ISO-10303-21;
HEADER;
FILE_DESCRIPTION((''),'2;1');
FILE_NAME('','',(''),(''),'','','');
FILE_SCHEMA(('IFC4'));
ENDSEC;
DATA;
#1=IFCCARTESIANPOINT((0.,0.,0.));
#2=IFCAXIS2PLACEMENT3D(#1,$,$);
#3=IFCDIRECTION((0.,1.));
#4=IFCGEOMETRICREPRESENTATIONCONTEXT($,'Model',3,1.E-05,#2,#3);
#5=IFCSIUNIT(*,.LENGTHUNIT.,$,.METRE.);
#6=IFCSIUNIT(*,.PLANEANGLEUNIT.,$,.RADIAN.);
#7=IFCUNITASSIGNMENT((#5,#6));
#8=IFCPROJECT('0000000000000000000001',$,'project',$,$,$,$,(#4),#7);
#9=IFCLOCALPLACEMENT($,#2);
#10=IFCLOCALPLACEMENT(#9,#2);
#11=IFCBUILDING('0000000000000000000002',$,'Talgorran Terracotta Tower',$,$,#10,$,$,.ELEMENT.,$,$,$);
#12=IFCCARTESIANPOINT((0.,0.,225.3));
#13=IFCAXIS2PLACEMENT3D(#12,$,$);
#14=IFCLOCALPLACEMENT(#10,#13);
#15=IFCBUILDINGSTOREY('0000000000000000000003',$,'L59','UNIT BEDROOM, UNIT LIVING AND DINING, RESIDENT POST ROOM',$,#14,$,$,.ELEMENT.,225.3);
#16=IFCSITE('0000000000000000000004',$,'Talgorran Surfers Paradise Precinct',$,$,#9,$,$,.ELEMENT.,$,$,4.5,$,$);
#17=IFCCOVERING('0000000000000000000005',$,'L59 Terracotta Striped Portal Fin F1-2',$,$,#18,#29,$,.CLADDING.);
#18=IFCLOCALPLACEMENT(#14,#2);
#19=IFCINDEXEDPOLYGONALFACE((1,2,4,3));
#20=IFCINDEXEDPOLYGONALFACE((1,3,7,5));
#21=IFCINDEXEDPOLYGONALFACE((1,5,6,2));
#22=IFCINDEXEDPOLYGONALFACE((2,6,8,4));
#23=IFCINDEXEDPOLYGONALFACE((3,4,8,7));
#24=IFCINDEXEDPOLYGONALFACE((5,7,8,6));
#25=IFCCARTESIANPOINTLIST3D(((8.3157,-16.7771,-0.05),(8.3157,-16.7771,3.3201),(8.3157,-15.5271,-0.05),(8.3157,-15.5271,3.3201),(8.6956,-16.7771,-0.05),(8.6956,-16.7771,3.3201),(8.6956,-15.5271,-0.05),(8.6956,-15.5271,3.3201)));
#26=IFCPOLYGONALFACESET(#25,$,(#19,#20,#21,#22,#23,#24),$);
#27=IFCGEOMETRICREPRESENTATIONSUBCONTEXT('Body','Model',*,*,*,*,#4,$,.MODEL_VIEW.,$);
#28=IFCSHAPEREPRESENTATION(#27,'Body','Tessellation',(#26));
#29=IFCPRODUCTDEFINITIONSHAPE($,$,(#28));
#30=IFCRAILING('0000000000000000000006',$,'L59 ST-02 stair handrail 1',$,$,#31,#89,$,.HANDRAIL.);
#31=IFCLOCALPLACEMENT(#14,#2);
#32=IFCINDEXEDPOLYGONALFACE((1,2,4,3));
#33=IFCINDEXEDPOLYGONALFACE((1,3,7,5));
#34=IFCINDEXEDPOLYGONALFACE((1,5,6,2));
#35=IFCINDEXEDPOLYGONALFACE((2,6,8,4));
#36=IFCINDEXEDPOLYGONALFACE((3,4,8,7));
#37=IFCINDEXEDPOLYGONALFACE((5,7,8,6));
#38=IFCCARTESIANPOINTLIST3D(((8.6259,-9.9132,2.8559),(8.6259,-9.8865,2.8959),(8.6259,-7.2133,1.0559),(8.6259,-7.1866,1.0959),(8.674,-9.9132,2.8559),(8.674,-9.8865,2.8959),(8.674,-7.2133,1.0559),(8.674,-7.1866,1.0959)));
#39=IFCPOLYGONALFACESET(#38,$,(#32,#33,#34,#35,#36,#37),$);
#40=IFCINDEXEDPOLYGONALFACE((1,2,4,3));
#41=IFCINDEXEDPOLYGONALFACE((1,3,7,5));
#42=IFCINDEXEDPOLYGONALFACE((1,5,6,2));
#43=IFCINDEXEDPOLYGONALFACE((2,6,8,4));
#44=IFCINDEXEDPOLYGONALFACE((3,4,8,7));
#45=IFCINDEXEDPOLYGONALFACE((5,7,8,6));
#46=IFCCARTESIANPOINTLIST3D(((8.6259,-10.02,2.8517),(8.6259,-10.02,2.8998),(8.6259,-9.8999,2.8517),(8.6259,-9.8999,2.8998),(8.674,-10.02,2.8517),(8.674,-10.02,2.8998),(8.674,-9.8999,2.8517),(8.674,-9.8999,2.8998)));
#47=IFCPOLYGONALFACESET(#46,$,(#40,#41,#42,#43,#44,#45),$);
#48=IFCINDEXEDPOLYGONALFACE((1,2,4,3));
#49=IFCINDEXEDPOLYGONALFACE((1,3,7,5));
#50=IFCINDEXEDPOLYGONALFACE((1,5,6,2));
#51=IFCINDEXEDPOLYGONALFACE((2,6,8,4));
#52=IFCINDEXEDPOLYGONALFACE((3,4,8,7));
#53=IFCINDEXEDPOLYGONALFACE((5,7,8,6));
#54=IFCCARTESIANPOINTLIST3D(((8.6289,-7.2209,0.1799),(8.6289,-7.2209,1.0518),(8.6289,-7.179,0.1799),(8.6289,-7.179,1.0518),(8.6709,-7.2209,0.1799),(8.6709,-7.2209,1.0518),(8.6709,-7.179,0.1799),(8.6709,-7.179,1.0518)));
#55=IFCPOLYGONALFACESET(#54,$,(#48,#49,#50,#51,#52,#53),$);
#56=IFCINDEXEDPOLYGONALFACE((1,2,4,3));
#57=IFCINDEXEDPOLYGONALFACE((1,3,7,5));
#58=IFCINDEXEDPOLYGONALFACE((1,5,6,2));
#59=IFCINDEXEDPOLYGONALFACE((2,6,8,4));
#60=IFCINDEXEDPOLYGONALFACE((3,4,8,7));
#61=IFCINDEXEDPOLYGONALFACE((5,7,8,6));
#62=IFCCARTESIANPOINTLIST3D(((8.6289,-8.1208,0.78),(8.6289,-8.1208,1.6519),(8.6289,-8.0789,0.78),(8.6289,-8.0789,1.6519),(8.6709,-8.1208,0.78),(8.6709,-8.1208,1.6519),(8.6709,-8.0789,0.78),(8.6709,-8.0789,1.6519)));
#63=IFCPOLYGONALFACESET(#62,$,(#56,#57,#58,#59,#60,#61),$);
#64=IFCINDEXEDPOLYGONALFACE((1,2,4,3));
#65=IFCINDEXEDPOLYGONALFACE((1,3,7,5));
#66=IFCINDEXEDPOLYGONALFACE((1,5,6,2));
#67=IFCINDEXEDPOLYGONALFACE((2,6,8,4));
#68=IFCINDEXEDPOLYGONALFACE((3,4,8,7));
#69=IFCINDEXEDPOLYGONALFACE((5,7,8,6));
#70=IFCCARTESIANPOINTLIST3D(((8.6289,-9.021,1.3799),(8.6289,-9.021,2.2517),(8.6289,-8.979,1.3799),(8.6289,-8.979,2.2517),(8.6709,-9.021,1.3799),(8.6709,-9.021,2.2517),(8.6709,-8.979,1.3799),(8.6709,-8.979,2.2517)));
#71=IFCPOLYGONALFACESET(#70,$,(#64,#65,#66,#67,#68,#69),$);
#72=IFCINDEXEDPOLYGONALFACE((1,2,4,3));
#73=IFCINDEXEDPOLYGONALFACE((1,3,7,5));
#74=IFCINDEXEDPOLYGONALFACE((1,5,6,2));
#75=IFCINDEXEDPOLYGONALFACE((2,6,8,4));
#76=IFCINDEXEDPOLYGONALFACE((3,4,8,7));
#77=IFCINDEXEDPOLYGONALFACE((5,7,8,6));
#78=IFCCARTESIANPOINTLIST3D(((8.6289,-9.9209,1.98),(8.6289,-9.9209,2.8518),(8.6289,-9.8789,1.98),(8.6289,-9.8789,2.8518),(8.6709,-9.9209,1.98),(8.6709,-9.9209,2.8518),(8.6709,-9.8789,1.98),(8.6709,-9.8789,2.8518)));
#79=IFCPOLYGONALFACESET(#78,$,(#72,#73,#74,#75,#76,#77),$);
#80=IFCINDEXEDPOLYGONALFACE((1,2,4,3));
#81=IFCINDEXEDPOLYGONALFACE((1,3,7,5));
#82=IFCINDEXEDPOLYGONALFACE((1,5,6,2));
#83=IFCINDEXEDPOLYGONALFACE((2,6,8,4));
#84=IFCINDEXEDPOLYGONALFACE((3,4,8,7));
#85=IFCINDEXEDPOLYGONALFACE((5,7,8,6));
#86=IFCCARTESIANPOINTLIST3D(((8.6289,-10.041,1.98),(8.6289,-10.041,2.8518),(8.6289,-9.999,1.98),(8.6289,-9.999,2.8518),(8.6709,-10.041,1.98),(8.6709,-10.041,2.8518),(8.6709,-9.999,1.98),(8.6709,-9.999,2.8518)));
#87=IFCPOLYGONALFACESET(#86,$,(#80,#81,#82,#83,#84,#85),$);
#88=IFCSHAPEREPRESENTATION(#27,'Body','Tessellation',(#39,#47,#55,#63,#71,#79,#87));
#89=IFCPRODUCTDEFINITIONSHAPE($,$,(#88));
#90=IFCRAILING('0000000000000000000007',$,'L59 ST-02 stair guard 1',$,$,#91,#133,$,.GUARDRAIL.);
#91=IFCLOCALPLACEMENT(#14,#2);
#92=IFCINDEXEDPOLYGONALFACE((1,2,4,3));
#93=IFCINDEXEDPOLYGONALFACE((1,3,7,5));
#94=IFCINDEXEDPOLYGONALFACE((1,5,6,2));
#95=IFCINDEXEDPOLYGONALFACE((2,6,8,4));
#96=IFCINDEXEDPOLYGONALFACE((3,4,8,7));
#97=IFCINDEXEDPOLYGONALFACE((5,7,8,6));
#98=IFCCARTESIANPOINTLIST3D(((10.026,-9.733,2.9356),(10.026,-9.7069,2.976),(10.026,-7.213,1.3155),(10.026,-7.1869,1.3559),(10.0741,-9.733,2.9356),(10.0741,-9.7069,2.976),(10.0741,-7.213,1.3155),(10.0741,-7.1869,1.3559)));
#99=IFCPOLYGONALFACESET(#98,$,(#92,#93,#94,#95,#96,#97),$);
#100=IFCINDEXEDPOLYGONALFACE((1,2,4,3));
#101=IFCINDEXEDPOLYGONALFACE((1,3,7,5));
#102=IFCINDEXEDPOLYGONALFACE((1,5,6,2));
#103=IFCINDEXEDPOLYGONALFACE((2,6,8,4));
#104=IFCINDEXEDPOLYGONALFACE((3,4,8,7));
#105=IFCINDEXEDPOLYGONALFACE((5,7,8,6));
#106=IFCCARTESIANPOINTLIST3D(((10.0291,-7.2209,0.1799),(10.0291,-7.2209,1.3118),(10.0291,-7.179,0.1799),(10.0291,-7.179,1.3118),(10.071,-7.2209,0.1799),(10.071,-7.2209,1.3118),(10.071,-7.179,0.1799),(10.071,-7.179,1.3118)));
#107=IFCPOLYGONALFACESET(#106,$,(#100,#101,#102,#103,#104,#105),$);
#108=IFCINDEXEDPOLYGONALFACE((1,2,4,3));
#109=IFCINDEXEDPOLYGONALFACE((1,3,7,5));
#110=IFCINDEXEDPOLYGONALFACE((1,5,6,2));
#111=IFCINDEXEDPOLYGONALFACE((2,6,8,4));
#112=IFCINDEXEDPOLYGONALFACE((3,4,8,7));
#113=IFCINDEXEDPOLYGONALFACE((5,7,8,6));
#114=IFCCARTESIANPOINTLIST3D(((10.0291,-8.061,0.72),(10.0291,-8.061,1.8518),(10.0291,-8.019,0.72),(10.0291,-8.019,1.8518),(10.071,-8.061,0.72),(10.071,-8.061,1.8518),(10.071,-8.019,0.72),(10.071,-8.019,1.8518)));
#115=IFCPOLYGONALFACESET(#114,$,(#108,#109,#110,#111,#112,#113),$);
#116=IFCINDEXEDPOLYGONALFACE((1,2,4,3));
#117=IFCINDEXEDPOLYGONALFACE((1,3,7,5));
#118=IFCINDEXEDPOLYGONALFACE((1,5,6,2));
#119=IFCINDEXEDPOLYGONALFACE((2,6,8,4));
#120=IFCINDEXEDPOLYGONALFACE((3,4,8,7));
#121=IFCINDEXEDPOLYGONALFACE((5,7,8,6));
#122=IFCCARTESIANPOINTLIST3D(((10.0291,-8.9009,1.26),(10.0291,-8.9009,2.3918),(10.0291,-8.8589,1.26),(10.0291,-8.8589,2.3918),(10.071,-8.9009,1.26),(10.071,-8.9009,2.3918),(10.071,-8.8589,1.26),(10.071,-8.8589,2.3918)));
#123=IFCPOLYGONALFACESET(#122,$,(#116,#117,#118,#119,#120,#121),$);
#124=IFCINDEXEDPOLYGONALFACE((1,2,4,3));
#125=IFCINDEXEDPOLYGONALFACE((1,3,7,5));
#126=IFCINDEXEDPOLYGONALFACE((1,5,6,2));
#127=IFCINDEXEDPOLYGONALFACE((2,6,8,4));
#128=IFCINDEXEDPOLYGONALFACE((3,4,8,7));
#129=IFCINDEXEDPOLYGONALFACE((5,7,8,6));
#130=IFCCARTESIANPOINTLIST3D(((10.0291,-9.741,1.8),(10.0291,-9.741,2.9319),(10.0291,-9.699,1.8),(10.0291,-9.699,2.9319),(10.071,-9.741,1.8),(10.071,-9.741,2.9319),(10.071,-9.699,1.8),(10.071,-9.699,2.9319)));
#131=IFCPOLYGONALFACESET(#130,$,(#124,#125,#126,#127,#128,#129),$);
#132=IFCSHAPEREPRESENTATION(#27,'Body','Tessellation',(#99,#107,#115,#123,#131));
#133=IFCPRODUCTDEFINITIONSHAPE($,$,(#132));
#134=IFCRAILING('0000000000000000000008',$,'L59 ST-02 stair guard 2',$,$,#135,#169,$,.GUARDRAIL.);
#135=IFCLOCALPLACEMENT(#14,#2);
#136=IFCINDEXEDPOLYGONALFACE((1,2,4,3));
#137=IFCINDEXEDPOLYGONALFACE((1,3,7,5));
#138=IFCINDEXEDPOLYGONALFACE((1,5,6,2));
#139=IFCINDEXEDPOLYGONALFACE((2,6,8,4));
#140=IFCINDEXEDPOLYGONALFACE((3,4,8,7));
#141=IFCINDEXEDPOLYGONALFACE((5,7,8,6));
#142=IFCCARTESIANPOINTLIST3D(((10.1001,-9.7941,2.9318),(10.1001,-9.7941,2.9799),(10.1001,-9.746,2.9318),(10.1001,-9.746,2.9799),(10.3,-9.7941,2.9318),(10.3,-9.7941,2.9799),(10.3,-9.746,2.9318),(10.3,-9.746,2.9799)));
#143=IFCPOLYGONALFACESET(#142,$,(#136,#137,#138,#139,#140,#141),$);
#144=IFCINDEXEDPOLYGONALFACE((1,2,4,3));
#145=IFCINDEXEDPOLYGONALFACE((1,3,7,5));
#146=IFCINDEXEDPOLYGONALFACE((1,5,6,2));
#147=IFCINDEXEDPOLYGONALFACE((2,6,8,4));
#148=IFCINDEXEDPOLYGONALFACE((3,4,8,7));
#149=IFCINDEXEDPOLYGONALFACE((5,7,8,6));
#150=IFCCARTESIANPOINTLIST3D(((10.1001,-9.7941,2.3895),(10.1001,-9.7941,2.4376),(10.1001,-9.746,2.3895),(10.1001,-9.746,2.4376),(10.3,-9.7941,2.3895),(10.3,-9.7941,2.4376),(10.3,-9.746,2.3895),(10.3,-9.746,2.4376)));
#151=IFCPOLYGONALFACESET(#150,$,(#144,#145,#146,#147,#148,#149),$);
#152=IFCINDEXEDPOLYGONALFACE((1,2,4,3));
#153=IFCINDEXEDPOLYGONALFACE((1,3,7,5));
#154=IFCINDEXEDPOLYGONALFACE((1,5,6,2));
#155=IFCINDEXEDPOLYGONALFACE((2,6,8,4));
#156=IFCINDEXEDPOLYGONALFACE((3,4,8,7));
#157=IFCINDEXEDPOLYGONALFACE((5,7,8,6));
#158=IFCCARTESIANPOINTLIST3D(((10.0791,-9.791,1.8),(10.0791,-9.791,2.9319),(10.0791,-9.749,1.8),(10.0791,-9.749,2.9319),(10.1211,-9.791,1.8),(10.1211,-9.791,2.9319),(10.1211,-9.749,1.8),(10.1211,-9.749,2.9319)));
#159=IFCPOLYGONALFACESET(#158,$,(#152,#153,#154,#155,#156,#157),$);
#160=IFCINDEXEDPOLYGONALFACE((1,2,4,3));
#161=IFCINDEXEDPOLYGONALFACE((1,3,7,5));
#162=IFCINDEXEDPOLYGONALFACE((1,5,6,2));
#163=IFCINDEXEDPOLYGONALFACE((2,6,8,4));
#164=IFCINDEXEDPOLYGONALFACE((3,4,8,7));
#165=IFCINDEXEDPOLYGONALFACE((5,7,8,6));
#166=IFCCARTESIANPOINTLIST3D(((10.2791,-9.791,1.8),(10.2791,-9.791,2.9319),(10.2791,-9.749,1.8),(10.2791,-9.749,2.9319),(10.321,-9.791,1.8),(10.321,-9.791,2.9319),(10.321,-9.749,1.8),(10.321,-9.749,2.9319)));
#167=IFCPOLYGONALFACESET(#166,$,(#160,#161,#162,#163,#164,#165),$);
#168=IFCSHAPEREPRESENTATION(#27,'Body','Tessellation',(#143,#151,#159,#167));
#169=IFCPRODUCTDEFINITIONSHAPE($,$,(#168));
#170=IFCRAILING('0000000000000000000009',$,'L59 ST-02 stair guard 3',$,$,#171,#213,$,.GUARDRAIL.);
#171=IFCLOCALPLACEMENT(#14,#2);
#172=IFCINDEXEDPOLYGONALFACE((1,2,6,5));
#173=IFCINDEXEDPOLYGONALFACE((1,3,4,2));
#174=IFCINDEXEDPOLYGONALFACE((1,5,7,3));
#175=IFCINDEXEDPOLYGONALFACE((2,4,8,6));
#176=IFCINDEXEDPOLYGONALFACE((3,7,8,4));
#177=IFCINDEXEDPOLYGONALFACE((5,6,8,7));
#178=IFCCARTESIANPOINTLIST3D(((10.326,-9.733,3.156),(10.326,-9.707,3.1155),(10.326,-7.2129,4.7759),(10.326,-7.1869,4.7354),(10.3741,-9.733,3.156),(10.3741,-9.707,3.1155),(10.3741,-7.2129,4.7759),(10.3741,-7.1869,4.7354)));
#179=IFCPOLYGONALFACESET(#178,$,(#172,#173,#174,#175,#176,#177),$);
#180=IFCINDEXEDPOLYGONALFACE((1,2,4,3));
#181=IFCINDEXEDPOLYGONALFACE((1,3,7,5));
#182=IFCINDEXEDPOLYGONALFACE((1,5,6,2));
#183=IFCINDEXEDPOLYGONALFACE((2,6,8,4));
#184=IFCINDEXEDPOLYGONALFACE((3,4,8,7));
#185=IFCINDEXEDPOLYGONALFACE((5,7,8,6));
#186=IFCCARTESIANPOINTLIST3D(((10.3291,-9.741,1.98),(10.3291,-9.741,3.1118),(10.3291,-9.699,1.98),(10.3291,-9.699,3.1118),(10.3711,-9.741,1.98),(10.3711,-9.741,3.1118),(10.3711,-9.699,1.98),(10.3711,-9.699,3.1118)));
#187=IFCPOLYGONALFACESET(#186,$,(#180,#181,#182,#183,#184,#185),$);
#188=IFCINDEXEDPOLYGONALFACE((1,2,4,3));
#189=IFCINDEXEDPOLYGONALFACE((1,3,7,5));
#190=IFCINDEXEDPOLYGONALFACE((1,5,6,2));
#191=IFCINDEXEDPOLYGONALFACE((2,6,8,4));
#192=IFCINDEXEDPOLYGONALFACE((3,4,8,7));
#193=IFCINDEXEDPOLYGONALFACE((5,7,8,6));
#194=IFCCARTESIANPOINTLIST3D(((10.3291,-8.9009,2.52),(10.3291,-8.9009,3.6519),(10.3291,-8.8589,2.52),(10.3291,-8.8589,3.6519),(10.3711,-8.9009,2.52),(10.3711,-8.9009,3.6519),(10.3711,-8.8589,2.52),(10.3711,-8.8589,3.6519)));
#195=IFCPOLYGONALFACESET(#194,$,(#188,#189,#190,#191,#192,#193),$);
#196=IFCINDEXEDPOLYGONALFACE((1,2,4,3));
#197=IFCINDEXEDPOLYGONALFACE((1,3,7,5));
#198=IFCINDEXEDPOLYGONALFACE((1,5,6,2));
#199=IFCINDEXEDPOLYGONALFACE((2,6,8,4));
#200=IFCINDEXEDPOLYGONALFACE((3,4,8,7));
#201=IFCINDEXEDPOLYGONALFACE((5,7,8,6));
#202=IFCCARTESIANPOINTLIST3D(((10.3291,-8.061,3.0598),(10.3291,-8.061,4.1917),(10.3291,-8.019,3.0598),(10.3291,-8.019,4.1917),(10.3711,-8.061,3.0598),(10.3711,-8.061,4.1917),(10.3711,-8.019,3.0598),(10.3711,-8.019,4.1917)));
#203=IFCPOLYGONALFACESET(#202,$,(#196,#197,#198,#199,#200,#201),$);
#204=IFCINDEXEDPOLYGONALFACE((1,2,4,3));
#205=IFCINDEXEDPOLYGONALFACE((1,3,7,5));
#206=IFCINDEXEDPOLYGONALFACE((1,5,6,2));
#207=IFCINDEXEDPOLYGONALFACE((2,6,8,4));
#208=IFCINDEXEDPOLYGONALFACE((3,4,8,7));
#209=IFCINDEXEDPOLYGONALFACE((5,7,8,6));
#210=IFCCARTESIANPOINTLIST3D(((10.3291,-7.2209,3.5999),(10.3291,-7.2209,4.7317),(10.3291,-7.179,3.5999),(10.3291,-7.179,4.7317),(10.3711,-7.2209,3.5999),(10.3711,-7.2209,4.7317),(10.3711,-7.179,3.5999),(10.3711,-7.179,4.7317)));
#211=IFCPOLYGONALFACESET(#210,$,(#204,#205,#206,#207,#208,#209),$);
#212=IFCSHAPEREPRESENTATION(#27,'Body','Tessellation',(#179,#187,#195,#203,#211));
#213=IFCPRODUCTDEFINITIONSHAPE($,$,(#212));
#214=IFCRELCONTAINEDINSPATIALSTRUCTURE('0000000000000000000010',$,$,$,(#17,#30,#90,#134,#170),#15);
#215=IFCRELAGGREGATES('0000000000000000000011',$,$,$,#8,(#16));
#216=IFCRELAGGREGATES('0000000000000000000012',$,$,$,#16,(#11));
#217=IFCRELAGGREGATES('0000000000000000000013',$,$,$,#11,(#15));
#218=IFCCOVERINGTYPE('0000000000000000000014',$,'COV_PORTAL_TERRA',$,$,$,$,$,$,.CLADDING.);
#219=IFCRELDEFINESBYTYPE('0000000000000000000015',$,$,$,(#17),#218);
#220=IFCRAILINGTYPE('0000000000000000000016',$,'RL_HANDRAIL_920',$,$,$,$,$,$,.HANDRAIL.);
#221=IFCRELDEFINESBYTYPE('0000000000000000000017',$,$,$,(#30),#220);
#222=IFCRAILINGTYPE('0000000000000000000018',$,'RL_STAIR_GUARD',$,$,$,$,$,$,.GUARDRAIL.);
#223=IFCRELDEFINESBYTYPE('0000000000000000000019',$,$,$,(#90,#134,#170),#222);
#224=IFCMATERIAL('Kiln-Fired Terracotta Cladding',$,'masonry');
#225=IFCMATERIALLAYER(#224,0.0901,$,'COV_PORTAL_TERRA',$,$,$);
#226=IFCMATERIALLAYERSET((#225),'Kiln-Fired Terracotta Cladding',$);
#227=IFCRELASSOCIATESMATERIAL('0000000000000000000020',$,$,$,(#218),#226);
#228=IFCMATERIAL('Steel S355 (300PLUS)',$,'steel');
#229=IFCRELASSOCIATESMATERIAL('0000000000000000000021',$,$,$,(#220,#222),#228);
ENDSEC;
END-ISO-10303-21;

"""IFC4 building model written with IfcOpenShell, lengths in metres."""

from ifc_helpers import new_model, si_unit, direction, frame, origin, origin_2d, place, context, subcontext, project, spatial, rectangle, extrude, material, layer, layer_set, type_object, element, save


model = new_model("IFC4")

# Units and contexts
model_context = context("Model", 3, precision=1e-05, world=origin(), true_north=direction((0.0, 1.0)))
body_context = subcontext(model_context, "Body", "Model", "MODEL_VIEW")
ifc_project = project(units=[si_unit("LENGTHUNIT", "METRE"), si_unit("PLANEANGLEUNIT", "RADIAN")], contexts=[model_context])

# Site, building, storey
site_placement = place(None, origin())
site = spatial("IfcSite", under=ifc_project, at=site_placement, Name="Talgorran Surfers Paradise Precinct", CompositionType="ELEMENT", RefElevation=4.5)
building_placement = place(site_placement, origin())
building = spatial("IfcBuilding", under=site, at=building_placement, Name="Talgorran Terracotta Tower", CompositionType="ELEMENT")
storey_placement = place(building_placement, frame((0.0, 0.0, 225.3)))
storey = spatial("IfcBuildingStorey", under=building, at=storey_placement, Name="L59", Description="UNIT BEDROOM, UNIT LIVING AND DINING, RESIDENT POST ROOM", CompositionType="ELEMENT", Elevation=225.3)

# Shared definitions
ifc_material_1 = material(Name="Steel S355 (300PLUS)", Category="steel")

# Covering
ifc_material_2 = material(Name="Kiln-Fired Terracotta Cladding", Category="masonry")
ifc_layer_1 = layer(ifc_material_2, 0.0901, Name="COV_PORTAL_TERRA")
ifc_layer_set_1 = layer_set([ifc_layer_1], Name="Kiln-Fired Terracotta Cladding")
covering_type = type_object("IfcCoveringType", Name="COV_PORTAL_TERRA", PredefinedType="CLADDING", material=ifc_layer_set_1)
covering_placement = place(storey_placement, frame((8.5056, -16.1521, -0.05), z_axis=(0.0, 0.0, 1.0), x_axis=(1.0, 0.0, 0.0)))
element("IfcCovering", 1, at=covering_placement, inside=storey, type_object=covering_type, Name="L59 Terracotta Striped Portal Fin F1-2", PredefinedType="CLADDING", context=body_context, shape_type="SweptSolid", body=[
    extrude(rectangle(XDim=0.3799, YDim=1.25, at=origin_2d()), origin(), (0.0, 0.0, 1.0), 3.3701),
])

# Railings
railing_type_1 = type_object("IfcRailingType", Name="RL_HANDRAIL_920", PredefinedType="HANDRAIL", material=ifc_material_1)
railing_1_placement = place(storey_placement, frame((8.6499, -7.2, 0.1799)))
element("IfcRailing", 2, at=railing_1_placement, inside=storey, type_object=railing_type_1, Name="L59 ST-02 stair handrail 1", PredefinedType="HANDRAIL", context=body_context, shape_type="SweptSolid", body=[
    extrude(rectangle(XDim=0.0481, YDim=0.0481, at=origin_2d()), frame((0.0, 0.0, 0.896), z_axis=(0.0, -0.832039, 0.554718), x_axis=(1.0, 0.0, 0.0)), (0.0, 0.0, 1.0), 3.2449),
    extrude(rectangle(XDim=0.0481, YDim=0.0481, at=origin_2d()), frame((0.0, -2.7, 2.6958), z_axis=(0.0, -1.0, 0.0), x_axis=(1.0, 0.0, 0.0)), (0.0, 0.0, 1.0), 0.1201),
    extrude(rectangle(XDim=0.042, YDim=0.042, at=origin_2d()), origin(), (0.0, 0.0, 1.0), 0.8718),
    extrude(rectangle(XDim=0.042, YDim=0.042, at=origin_2d()), frame((0.0, -0.8999, 0.6001)), (0.0, 0.0, 1.0), 0.8718),
    extrude(rectangle(XDim=0.042, YDim=0.042, at=origin_2d()), frame((0.0, -1.8, 1.2)), (0.0, 0.0, 1.0), 0.8718),
    extrude(rectangle(XDim=0.042, YDim=0.042, at=origin_2d()), frame((0.0, -2.7, 1.8)), (0.0, 0.0, 1.0), 0.8718),
    extrude(rectangle(XDim=0.042, YDim=0.042, at=origin_2d()), frame((0.0, -2.8201, 1.8)), (0.0, 0.0, 1.0), 0.8718),
])
railing_type_2 = type_object("IfcRailingType", Name="RL_STAIR_GUARD", PredefinedType="GUARDRAIL", material=ifc_material_1)
railing_2_placement = place(storey_placement, frame((10.05, -7.2, 0.1799)))
element("IfcRailing", 3, at=railing_2_placement, inside=storey, type_object=railing_type_2, Name="L59 ST-02 stair guard 1", PredefinedType="GUARDRAIL", context=body_context, shape_type="SweptSolid", body=[
    extrude(rectangle(XDim=0.0481, YDim=0.0481, at=origin_2d()), frame((0.0, 0.0, 1.1558), z_axis=(0.0, -0.841163, 0.540782), x_axis=(1.0, 0.0, 0.0)), (0.0, 0.0, 1.0), 2.9958),
    extrude(rectangle(XDim=0.042, YDim=0.042, at=origin_2d()), origin(), (0.0, 0.0, 1.0), 1.1318),
    extrude(rectangle(XDim=0.042, YDim=0.042, at=origin_2d()), frame((0.0, -0.8401, 0.54)), (0.0, 0.0, 1.0), 1.1318),
    extrude(rectangle(XDim=0.042, YDim=0.042, at=origin_2d()), frame((0.0, -1.6799, 1.0801)), (0.0, 0.0, 1.0), 1.1318),
    extrude(rectangle(XDim=0.042, YDim=0.042, at=origin_2d()), frame((0.0, -2.52, 1.6201)), (0.0, 0.0, 1.0), 1.1318),
])
railing_3_placement = place(storey_placement, frame((10.1001, -9.77, 1.8)))
element("IfcRailing", 4, at=railing_3_placement, inside=storey, type_object=railing_type_2, Name="L59 ST-02 stair guard 2", PredefinedType="GUARDRAIL", context=body_context, shape_type="SweptSolid", body=[
    extrude(rectangle(XDim=0.0481, YDim=0.0481, at=origin_2d()), frame((0.0, 0.0, 1.1558), z_axis=(1.0, 0.0, 0.0), x_axis=(0.0, 1.0, 0.0)), (0.0, 0.0, 1.0), 0.2),
    extrude(rectangle(XDim=0.0481, YDim=0.0481, at=origin_2d()), frame((0.0, 0.0, 0.6135), z_axis=(1.0, 0.0, 0.0), x_axis=(0.0, 1.0, 0.0)), (0.0, 0.0, 1.0), 0.2),
    extrude(rectangle(XDim=0.042, YDim=0.042, at=origin_2d()), origin(), (0.0, 0.0, 1.0), 1.1318),
    extrude(rectangle(XDim=0.042, YDim=0.042, at=origin_2d()), frame((0.2, 0.0, 0.0)), (0.0, 0.0, 1.0), 1.1318),
])
railing_4_placement = place(storey_placement, frame((10.3501, -9.72, 1.98)))
element("IfcRailing", 5, at=railing_4_placement, inside=storey, type_object=railing_type_2, Name="L59 ST-02 stair guard 3", PredefinedType="GUARDRAIL", context=body_context, shape_type="SweptSolid", body=[
    extrude(rectangle(XDim=0.0481, YDim=0.0481, at=origin_2d()), frame((0.0, 0.0, 1.1558), z_axis=(0.0, 0.8412, 0.540725), x_axis=(-1.0, 0.0, 0.0)), (0.0, 0.0, 1.0), 2.9958),
    extrude(rectangle(XDim=0.042, YDim=0.042, at=origin_2d()), origin(), (0.0, 0.0, 1.0), 1.1318),
    extrude(rectangle(XDim=0.042, YDim=0.042, at=origin_2d()), frame((0.0, 0.8401, 0.54)), (0.0, 0.0, 1.0), 1.1318),
    extrude(rectangle(XDim=0.042, YDim=0.042, at=origin_2d()), frame((0.0, 1.6799, 1.0798)), (0.0, 0.0, 1.0), 1.1318),
    extrude(rectangle(XDim=0.042, YDim=0.042, at=origin_2d()), frame((0.0, 2.52, 1.6199)), (0.0, 0.0, 1.0), 1.1318),
])

save(model, "model.ifc")
